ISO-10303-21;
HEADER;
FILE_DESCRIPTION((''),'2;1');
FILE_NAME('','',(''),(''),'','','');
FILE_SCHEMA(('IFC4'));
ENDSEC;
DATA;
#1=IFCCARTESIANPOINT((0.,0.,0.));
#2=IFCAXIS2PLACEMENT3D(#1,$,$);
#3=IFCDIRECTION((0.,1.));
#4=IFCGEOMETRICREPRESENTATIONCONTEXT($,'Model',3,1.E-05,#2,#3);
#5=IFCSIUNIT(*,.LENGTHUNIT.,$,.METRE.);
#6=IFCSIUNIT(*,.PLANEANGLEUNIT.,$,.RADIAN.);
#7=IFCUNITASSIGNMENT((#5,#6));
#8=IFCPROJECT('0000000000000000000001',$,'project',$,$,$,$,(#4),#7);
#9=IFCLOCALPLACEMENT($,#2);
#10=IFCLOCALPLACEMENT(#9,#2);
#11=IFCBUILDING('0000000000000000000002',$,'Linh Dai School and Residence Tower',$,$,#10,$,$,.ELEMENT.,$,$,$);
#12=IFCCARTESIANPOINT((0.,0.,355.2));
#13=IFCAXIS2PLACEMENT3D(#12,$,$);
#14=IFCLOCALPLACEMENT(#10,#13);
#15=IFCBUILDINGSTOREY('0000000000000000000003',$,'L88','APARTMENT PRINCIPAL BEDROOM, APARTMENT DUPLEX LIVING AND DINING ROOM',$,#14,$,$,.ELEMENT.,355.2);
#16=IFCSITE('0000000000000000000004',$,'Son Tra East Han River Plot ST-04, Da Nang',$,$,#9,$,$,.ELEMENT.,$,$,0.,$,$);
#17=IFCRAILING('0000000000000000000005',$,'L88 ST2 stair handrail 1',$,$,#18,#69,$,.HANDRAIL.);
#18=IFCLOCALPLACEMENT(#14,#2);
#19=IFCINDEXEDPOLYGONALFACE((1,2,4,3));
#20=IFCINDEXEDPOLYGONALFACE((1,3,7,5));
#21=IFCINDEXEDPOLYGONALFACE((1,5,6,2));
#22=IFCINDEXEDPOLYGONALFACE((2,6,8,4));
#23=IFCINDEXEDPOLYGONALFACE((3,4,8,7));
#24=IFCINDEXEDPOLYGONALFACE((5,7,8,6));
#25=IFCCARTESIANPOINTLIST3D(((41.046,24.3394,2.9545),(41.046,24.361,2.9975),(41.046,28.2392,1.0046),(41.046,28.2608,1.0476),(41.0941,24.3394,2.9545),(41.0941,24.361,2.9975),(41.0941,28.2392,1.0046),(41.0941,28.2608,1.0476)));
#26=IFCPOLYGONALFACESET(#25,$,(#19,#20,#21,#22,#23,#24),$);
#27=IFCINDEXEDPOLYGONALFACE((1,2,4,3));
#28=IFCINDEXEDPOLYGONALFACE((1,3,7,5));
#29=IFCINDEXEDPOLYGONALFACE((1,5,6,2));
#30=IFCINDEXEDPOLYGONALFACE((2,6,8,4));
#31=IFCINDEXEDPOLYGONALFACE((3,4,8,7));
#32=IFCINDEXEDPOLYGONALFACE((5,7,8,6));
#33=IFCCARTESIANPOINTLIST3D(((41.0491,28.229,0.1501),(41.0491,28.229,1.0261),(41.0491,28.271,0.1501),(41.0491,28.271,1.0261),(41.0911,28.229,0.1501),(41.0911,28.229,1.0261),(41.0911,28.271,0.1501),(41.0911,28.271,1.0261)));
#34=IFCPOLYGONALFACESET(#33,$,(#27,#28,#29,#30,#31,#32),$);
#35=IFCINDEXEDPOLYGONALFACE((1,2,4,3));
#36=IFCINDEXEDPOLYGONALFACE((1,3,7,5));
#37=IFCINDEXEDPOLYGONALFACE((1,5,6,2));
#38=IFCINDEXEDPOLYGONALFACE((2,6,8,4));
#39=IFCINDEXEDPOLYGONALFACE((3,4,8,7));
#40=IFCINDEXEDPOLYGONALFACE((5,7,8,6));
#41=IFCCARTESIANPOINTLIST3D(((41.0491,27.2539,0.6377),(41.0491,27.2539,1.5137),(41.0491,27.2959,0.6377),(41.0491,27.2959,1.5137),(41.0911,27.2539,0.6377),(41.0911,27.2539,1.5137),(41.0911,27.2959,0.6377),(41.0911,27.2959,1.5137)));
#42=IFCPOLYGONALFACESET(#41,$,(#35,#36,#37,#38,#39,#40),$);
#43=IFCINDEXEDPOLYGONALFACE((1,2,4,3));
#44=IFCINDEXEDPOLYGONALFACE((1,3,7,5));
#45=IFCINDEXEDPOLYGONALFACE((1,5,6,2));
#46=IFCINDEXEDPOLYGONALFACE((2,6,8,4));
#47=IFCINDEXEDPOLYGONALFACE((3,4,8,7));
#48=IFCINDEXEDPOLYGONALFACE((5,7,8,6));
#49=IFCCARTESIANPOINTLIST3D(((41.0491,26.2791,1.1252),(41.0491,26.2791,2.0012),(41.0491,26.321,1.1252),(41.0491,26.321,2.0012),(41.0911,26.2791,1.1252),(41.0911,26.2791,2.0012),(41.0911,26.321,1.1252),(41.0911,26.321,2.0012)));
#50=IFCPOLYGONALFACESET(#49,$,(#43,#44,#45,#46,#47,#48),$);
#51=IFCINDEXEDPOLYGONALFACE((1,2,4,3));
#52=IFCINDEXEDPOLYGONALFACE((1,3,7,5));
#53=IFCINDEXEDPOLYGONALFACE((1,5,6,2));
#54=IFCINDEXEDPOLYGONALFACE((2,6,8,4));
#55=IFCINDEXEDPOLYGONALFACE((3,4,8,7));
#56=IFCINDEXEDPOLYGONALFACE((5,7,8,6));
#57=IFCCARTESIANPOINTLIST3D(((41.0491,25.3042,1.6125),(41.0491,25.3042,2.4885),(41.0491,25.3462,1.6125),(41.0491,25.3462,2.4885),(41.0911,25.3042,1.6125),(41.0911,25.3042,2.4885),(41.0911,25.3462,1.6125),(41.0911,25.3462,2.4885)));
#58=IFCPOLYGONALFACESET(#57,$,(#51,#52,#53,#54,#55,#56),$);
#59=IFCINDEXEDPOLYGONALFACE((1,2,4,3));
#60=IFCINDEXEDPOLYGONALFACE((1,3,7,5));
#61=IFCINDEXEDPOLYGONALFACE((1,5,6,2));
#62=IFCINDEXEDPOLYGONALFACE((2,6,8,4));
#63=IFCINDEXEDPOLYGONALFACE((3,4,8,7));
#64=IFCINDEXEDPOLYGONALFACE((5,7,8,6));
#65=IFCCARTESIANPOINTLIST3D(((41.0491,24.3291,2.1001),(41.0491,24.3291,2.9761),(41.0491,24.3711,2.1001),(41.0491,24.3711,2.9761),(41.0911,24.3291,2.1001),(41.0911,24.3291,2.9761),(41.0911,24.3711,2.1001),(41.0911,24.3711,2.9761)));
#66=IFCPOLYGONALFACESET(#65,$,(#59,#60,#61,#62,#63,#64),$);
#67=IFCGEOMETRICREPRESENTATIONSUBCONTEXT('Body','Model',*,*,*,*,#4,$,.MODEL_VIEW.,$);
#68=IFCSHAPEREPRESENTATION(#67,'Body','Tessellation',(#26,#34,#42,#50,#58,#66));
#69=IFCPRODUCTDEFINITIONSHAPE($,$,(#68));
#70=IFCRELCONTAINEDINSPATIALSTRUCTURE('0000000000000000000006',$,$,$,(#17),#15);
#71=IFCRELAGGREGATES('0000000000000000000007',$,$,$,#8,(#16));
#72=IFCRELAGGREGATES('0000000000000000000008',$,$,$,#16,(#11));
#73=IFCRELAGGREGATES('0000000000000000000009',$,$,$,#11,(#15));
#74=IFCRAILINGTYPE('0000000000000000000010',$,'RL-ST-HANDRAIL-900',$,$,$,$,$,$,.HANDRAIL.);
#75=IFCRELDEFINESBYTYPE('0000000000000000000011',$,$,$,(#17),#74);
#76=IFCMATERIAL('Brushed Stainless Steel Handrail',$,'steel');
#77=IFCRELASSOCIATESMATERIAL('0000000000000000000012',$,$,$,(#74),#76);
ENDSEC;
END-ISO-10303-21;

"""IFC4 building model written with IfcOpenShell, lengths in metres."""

from ifc_helpers import new_model, si_unit, direction, frame, origin, origin_2d, place, context, subcontext, project, spatial, rectangle, extrude, source, transform, mapped, material, type_object, element, save


model = new_model("IFC4")

# Units and contexts
model_context = context("Model", 3, precision=1e-05, world=origin(), true_north=direction((0.0, 1.0)))
body_context = subcontext(model_context, "Body", "Model", "MODEL_VIEW")
ifc_project = project(units=[si_unit("LENGTHUNIT", "METRE"), si_unit("PLANEANGLEUNIT", "RADIAN")], contexts=[model_context])

# Site, building, storey
site_placement = place(None, origin())
site = spatial("IfcSite", under=ifc_project, at=site_placement, Name="Son Tra East Han River Plot ST-04, Da Nang", CompositionType="ELEMENT", RefElevation=0.0)
building_placement = place(site_placement, origin())
building = spatial("IfcBuilding", under=site, at=building_placement, Name="Linh Dai School and Residence Tower", CompositionType="ELEMENT")
storey_placement = place(building_placement, frame((0.0, 0.0, 355.2)))
storey = spatial("IfcBuildingStorey", under=building, at=storey_placement, Name="L88", Description="APARTMENT PRINCIPAL BEDROOM, APARTMENT DUPLEX LIVING AND DINING ROOM", CompositionType="ELEMENT", Elevation=355.2)

# Railing
ifc_material_1 = material(Name="Brushed Stainless Steel Handrail", Category="steel")
railing_type_1 = type_object("IfcRailingType", Name="RL-ST-HANDRAIL-900", PredefinedType="HANDRAIL", material=ifc_material_1)
shared_shape_1 = source(origin(), body_context, "Body", "SweptSolid", [
    extrude(rectangle(XDim=0.0481, YDim=0.0481, at=origin_2d()), frame((0.0, 0.0, 0.876), z_axis=(0.0, -0.894427, 0.447214), x_axis=(1.0, 0.0, 0.0)), (0.0, 0.0, 1.0), 4.3601),
    extrude(rectangle(XDim=0.042, YDim=0.042, at=origin_2d()), origin(), (0.0, 0.0, 1.0), 0.876),
    extrude(rectangle(XDim=0.042, YDim=0.042, at=origin_2d()), frame((0.0, -0.9751, 0.4875)), (0.0, 0.0, 1.0), 0.876),
    extrude(rectangle(XDim=0.042, YDim=0.042, at=origin_2d()), frame((0.0, -1.95, 0.9751)), (0.0, 0.0, 1.0), 0.876),
    extrude(rectangle(XDim=0.042, YDim=0.042, at=origin_2d()), frame((0.0, -2.9248, 1.4624)), (0.0, 0.0, 1.0), 0.876),
    extrude(rectangle(XDim=0.042, YDim=0.042, at=origin_2d()), frame((0.0, -3.8999, 1.95)), (0.0, 0.0, 1.0), 0.876),
])
railing_1_placement = place(storey_placement, frame((41.0701, 28.25, 0.1501)))
element("IfcRailing", 1, at=railing_1_placement, inside=storey, type_object=railing_type_1, Name="L88 ST2 stair handrail 1", PredefinedType="HANDRAIL", context=body_context, shape_type="MappedRepresentation", body=[
    mapped(shared_shape_1, transform((0.0, 0.0, 0.0), x_axis=(1.0, 0.0, 0.0), y_axis=(0.0, 1.0, 0.0), z_axis=(0.0, 0.0, 1.0), scale=1.0)),
])

save(model, "model.ifc")
